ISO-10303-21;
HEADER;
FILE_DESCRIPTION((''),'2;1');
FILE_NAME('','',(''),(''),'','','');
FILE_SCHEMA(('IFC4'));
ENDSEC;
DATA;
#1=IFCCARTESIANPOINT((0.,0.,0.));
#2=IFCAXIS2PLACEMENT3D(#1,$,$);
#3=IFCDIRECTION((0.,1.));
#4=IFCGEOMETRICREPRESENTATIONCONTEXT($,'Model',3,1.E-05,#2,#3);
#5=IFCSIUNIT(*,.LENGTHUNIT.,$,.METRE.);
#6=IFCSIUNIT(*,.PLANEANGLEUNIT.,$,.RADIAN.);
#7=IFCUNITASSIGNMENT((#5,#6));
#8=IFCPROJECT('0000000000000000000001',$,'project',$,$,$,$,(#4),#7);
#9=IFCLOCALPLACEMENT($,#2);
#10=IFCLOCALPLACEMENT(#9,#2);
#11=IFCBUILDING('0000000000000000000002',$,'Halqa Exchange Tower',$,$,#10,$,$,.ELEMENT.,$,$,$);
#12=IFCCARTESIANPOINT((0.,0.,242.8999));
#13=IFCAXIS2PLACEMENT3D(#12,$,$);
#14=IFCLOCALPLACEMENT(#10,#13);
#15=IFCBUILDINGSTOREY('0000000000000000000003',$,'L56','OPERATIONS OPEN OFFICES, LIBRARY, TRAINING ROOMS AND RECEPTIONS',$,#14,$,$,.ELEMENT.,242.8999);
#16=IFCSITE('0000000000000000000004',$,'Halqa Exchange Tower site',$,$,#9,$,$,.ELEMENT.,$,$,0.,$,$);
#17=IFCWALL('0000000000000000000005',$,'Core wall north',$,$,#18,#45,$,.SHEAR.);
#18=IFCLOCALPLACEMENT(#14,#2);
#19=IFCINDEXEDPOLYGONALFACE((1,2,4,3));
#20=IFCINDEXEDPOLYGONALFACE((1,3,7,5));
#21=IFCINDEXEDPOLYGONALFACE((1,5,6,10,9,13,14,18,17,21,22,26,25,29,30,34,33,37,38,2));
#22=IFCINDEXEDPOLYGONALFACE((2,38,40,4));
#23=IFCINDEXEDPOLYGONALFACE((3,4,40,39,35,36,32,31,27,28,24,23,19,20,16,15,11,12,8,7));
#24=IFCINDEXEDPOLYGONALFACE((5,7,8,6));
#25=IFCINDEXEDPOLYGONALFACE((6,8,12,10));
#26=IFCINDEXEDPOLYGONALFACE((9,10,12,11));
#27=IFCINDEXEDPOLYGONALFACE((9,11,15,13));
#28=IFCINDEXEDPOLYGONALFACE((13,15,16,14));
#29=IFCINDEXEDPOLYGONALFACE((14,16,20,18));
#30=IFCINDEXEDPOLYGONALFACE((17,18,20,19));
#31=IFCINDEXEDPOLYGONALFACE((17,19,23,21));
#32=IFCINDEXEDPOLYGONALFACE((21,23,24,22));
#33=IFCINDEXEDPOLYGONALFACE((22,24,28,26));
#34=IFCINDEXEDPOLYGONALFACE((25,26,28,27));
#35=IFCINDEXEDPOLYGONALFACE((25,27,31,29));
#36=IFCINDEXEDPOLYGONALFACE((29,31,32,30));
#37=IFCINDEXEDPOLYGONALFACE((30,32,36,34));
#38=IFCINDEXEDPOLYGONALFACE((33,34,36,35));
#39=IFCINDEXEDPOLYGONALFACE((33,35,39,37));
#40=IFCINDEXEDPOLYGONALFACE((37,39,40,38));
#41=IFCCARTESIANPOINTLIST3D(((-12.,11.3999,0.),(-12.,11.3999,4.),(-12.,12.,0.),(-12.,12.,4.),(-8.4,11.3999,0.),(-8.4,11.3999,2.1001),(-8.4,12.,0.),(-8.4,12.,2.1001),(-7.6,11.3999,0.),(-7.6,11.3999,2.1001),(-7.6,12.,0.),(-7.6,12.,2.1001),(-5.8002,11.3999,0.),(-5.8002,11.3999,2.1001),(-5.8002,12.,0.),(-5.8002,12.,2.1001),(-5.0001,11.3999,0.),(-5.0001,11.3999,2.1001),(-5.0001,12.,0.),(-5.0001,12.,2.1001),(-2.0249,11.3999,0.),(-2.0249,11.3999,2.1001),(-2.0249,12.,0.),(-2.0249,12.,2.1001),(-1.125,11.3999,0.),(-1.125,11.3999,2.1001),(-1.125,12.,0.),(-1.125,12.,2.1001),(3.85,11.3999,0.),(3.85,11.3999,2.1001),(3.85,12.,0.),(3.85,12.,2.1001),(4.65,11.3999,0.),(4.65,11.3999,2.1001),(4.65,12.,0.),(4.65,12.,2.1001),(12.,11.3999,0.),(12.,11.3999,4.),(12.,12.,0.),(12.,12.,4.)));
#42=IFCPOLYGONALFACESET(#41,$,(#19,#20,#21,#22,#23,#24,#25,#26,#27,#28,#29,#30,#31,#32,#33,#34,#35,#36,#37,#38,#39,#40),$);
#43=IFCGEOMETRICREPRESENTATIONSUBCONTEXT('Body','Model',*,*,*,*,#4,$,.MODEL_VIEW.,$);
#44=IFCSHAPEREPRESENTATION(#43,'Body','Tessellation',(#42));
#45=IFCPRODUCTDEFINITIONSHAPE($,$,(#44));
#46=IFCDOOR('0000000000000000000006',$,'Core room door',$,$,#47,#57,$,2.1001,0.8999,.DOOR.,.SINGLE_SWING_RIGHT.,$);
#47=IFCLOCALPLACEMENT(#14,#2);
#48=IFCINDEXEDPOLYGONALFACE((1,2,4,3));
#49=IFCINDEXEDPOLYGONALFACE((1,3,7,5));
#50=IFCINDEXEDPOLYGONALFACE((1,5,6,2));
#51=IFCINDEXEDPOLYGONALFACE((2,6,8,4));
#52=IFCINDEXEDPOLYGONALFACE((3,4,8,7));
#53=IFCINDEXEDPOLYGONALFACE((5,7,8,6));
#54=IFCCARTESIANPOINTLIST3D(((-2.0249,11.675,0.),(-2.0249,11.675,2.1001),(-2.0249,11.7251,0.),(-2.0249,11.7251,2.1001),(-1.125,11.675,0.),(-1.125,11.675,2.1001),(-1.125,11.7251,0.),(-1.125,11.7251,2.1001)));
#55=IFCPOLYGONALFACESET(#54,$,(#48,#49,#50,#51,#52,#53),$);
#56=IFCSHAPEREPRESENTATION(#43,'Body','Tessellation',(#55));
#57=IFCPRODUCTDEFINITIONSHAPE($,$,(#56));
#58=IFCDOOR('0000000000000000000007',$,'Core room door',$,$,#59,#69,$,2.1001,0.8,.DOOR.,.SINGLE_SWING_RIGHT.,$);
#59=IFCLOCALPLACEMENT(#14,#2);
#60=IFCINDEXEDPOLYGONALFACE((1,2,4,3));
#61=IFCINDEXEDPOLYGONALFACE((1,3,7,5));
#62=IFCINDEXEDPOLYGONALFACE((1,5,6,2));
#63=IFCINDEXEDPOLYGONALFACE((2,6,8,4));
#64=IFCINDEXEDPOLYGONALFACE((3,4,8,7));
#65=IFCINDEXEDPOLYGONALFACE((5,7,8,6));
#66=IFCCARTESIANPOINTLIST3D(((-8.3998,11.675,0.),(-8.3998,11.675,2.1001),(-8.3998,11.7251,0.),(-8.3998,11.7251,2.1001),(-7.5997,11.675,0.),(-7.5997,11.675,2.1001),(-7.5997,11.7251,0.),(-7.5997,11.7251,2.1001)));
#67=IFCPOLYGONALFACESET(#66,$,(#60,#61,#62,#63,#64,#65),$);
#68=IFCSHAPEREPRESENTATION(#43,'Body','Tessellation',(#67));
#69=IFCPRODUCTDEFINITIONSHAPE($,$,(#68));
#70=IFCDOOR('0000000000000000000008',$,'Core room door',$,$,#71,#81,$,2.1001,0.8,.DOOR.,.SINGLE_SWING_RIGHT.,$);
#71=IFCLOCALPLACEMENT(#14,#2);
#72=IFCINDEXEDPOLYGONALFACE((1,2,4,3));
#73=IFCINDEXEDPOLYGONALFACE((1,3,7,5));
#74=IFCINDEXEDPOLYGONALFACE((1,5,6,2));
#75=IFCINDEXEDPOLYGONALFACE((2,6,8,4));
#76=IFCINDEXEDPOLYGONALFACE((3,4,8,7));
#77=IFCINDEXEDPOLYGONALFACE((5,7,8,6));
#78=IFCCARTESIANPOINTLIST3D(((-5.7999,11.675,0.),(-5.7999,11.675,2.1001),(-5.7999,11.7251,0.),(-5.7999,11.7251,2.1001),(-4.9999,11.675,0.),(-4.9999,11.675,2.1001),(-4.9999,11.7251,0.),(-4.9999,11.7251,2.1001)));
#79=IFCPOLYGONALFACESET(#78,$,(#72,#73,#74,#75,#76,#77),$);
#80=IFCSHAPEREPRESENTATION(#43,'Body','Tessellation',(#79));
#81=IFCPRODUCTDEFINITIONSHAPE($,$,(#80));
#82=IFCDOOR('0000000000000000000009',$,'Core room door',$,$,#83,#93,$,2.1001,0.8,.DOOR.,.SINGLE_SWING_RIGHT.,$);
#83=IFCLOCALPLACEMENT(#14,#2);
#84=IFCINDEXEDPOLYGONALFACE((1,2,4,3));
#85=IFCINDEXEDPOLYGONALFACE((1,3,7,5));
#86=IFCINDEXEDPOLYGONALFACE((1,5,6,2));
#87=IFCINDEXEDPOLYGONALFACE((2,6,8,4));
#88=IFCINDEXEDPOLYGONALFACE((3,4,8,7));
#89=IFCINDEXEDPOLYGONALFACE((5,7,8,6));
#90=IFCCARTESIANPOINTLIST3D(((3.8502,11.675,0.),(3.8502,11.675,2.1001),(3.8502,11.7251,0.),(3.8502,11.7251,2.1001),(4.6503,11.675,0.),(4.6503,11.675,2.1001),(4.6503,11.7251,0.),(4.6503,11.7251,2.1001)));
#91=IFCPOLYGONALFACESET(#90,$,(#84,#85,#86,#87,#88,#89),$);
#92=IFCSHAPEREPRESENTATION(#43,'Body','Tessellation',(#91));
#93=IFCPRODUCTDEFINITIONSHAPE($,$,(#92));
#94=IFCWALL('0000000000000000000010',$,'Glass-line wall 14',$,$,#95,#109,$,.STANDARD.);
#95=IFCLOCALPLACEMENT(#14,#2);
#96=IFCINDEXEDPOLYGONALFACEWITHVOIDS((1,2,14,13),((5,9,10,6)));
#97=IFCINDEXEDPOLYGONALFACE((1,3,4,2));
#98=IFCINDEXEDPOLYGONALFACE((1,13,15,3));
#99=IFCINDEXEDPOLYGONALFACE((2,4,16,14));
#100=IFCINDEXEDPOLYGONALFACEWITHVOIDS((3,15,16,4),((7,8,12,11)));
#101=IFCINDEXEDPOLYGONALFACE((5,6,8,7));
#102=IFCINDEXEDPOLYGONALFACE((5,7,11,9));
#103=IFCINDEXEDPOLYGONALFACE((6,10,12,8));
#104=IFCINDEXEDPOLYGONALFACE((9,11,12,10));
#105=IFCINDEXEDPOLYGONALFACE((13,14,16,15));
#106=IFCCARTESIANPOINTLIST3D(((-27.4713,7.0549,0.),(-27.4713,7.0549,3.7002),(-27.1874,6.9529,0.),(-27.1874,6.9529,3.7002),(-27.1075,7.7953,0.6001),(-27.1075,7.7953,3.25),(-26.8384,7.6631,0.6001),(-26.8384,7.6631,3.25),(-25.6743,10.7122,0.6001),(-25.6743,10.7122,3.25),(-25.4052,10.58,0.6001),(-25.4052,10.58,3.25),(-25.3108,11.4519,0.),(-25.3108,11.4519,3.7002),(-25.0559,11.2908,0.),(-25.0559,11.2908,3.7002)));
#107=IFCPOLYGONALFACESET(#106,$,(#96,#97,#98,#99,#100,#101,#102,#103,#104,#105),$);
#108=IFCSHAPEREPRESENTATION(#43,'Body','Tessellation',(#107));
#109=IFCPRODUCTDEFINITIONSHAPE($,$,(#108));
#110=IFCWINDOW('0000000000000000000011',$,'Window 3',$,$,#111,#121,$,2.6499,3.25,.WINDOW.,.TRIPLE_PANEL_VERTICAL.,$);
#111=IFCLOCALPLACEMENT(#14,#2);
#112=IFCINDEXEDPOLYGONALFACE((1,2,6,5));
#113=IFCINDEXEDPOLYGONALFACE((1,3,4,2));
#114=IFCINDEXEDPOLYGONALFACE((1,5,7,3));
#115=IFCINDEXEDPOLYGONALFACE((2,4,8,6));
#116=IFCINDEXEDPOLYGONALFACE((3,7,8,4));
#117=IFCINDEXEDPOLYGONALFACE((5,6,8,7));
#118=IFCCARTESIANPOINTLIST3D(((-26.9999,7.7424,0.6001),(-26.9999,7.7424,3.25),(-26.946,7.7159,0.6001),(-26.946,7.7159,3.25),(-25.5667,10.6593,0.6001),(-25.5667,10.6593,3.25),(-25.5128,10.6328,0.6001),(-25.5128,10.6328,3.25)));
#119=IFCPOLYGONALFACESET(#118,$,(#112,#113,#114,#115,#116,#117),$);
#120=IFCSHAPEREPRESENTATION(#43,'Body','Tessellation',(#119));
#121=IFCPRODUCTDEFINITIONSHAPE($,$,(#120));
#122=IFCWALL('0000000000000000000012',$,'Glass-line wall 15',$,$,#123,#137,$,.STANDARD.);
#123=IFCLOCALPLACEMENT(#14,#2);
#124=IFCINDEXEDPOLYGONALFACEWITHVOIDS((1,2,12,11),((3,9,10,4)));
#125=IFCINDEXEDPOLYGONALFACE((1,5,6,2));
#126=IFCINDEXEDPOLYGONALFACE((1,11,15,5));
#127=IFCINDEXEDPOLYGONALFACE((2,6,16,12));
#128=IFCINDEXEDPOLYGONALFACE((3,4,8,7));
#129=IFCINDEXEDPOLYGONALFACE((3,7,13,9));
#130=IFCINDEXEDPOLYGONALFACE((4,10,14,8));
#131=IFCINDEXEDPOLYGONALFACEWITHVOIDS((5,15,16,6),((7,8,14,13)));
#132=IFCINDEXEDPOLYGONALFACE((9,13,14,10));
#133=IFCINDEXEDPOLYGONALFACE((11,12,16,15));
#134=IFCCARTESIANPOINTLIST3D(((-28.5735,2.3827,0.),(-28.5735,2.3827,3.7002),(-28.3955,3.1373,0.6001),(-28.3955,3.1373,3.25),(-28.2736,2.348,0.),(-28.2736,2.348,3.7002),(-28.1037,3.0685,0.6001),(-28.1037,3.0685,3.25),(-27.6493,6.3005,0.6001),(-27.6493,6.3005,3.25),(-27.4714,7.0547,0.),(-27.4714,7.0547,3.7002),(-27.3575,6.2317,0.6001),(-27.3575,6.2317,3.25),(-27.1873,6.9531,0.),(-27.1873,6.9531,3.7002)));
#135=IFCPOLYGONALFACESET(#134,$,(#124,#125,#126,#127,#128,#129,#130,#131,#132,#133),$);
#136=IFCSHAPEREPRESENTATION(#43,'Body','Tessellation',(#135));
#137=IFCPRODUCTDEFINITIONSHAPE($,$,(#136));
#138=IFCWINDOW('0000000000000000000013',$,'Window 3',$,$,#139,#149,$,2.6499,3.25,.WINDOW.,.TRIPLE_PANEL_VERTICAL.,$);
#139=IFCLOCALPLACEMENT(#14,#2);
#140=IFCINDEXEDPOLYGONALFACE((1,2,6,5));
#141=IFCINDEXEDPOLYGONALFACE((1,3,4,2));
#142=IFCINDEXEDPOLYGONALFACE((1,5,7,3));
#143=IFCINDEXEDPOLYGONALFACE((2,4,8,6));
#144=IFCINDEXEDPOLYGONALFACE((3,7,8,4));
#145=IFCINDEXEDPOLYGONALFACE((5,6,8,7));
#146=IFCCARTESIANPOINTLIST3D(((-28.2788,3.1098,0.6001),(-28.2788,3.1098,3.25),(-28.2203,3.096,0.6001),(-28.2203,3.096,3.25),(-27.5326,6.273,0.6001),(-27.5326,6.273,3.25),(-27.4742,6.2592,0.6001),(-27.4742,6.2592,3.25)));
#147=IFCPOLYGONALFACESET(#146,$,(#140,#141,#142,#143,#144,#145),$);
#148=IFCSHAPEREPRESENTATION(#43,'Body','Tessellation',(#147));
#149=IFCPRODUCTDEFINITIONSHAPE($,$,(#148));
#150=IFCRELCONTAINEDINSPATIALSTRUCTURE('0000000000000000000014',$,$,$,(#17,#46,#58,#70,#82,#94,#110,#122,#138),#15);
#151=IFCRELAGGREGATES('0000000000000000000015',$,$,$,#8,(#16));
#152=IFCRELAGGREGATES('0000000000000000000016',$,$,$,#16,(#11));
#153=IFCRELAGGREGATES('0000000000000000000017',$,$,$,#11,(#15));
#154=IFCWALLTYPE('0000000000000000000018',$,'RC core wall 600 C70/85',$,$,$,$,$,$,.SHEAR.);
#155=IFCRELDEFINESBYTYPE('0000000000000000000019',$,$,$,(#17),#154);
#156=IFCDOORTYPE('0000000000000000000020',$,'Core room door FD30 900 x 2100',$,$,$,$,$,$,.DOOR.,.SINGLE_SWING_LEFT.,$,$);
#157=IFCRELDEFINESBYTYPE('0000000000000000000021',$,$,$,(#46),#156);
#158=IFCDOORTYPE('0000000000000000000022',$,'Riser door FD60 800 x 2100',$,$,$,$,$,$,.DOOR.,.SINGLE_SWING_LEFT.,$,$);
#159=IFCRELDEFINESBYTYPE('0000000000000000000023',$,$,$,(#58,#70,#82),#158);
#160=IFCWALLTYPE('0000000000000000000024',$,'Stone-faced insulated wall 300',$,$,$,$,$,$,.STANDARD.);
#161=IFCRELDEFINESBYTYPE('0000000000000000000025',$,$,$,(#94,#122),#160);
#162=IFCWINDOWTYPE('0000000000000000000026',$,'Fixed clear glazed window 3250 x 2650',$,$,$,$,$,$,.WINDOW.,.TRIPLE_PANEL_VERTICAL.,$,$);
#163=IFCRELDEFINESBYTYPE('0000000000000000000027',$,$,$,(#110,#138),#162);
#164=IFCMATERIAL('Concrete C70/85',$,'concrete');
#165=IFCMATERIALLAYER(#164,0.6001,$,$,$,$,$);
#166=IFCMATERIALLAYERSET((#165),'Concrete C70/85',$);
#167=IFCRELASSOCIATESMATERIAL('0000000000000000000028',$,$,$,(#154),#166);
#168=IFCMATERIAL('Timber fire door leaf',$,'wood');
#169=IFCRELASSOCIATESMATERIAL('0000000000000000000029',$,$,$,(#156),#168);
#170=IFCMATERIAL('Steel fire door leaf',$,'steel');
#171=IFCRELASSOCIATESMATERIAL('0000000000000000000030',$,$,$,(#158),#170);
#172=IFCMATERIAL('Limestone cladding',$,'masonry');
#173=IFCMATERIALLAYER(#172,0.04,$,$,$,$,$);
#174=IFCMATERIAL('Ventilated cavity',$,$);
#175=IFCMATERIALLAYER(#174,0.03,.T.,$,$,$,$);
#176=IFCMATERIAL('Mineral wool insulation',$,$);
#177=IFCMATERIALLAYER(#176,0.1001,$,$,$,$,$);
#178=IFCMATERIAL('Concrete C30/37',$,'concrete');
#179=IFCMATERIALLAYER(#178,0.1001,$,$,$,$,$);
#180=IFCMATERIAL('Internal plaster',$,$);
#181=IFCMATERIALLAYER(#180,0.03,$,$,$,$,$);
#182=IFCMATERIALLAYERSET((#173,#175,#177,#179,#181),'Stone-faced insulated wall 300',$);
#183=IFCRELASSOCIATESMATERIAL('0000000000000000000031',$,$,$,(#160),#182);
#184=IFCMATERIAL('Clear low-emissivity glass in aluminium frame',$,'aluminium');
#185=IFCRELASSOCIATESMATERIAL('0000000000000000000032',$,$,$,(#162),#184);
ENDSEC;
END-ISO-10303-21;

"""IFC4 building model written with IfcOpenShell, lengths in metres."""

from ifc_helpers import new_model, si_unit, direction, frame, frame_2d, origin, place, context, subcontext, project, spatial, polyline, rectangle, outline, extrude, material, layer, layer_set, type_object, element, fill, save


model = new_model("IFC4")

# Units and contexts
model_context = context("Model", 3, precision=1e-05, world=origin(), true_north=direction((0.0, 1.0)))
body_context = subcontext(model_context, "Body", "Model", "MODEL_VIEW")
ifc_project = project(units=[si_unit("LENGTHUNIT", "METRE"), si_unit("PLANEANGLEUNIT", "RADIAN")], contexts=[model_context])

# Site, building, storey
site_placement = place(None, origin())
site = spatial("IfcSite", under=ifc_project, at=site_placement, Name="Halqa Exchange Tower site", CompositionType="ELEMENT", RefElevation=0.0)
building_placement = place(site_placement, origin())
building = spatial("IfcBuilding", under=site, at=building_placement, Name="Halqa Exchange Tower", CompositionType="ELEMENT")
storey_placement = place(building_placement, frame((0.0, 0.0, 242.8999)))
storey = spatial("IfcBuildingStorey", under=building, at=storey_placement, Name="L56", Description="OPERATIONS OPEN OFFICES, LIBRARY, TRAINING ROOMS AND RECEPTIONS", CompositionType="ELEMENT", Elevation=242.8999)

# Shared definitions
ifc_material_1 = material(Name="Steel fire door leaf", Category="steel")

# Wall, openings, doors
ifc_material_2 = material(Name="Concrete C70/85", Category="concrete")
ifc_layer_1 = layer(ifc_material_2, 0.6001)
ifc_layer_set_1 = layer_set([ifc_layer_1], Name="Concrete C70/85")
wall_type_1 = type_object("IfcWallType", Name="RC core wall 600 C70/85", PredefinedType="SHEAR", material=ifc_layer_set_1)
wall_1_placement = place(storey_placement, frame((-12.0, 11.7, 0.0), z_axis=(0.0, 0.0, 1.0), x_axis=(1.0, 0.0, 0.0)))
wall_1 = element("IfcWall", 1, at=wall_1_placement, inside=storey, type_object=wall_type_1, Name="Core wall north", PredefinedType="SHEAR", context=body_context, shape_type="SweptSolid", body=[
    extrude(rectangle(XDim=24.0, YDim=0.6001, at=frame_2d((12.0, 0.0))), origin(), (0.0, 0.0, 1.0), 4.0),
])
opening_1_placement = place(wall_1_placement, frame((9.9751, 0.0, 0.0)))
opening_1 = element("IfcOpeningElement", 2, at=opening_1_placement, cuts=wall_1, PredefinedType="OPENING", context=body_context, shape_type="SweptSolid", body=[
    extrude(rectangle(XDim=0.8999, YDim=2.1001, at=frame_2d((0.45, 1.05))), frame((0.0, 0.312, 0.0), z_axis=(0.0, -1.0, 0.0), x_axis=(1.0, 0.0, 0.0)), (0.0, 0.0, 1.0), 0.624),
])
opening_2_placement = place(wall_1_placement, frame((3.6001, 0.0, 0.0)))
opening_2 = element("IfcOpeningElement", 3, at=opening_2_placement, cuts=wall_1, PredefinedType="OPENING", context=body_context, shape_type="SweptSolid", body=[
    extrude(rectangle(XDim=0.8, YDim=2.1001, at=frame_2d((0.3999, 1.05))), frame((0.0, 0.312, 0.0), z_axis=(0.0, -1.0, 0.0), x_axis=(1.0, 0.0, 0.0)), (0.0, 0.0, 1.0), 0.624),
])
opening_3_placement = place(wall_1_placement, frame((6.2, 0.0, 0.0)))
opening_3 = element("IfcOpeningElement", 4, at=opening_3_placement, cuts=wall_1, PredefinedType="OPENING", context=body_context, shape_type="SweptSolid", body=[
    extrude(rectangle(XDim=0.8, YDim=2.1001, at=frame_2d((0.3999, 1.05))), frame((0.0, 0.312, 0.0), z_axis=(0.0, -1.0, 0.0), x_axis=(1.0, 0.0, 0.0)), (0.0, 0.0, 1.0), 0.624),
])
opening_4_placement = place(wall_1_placement, frame((15.8501, 0.0, 0.0)))
opening_4 = element("IfcOpeningElement", 5, at=opening_4_placement, cuts=wall_1, PredefinedType="OPENING", context=body_context, shape_type="SweptSolid", body=[
    extrude(rectangle(XDim=0.8, YDim=2.1001, at=frame_2d((0.3999, 1.05))), frame((0.0, 0.312, 0.0), z_axis=(0.0, -1.0, 0.0), x_axis=(1.0, 0.0, 0.0)), (0.0, 0.0, 1.0), 0.624),
])
ifc_material_3 = material(Name="Timber fire door leaf", Category="wood")
door_type_1 = type_object("IfcDoorType", Name="Core room door FD30 900 x 2100", OperationType="SINGLE_SWING_LEFT", PredefinedType="DOOR", material=ifc_material_3)
door_1_placement = place(opening_1_placement, frame((0.8999, 0.0, 0.0), z_axis=(0.0, 0.0, 1.0), x_axis=(-1.0, 0.0, 0.0)))
door_1 = element("IfcDoor", 6, at=door_1_placement, inside=storey, type_object=door_type_1, Name="Core room door", OperationType="SINGLE_SWING_RIGHT", OverallHeight=2.1001, OverallWidth=0.8999, PredefinedType="DOOR", context=body_context, shape_type="SweptSolid", body=[
    extrude(rectangle(XDim=0.8999, YDim=2.1001, at=frame_2d((0.45, 1.05))), frame((0.0, 0.0249, 0.0), z_axis=(0.0, -1.0, 0.0), x_axis=(1.0, 0.0, 0.0)), (0.0, 0.0, 1.0), 0.05),
])
fill(opening_1, door_1)
door_type_2 = type_object("IfcDoorType", Name="Riser door FD60 800 x 2100", OperationType="SINGLE_SWING_LEFT", PredefinedType="DOOR", material=ifc_material_1)
door_2_placement = place(opening_2_placement, frame((0.8, 0.0, 0.0), z_axis=(0.0, 0.0, 1.0), x_axis=(-1.0, 0.0, 0.0)))
door_2 = element("IfcDoor", 7, at=door_2_placement, inside=storey, type_object=door_type_2, Name="Core room door", OperationType="SINGLE_SWING_RIGHT", OverallHeight=2.1001, OverallWidth=0.8, PredefinedType="DOOR", context=body_context, shape_type="SweptSolid", body=[
    extrude(rectangle(XDim=0.8, YDim=2.1001, at=frame_2d((0.3999, 1.05))), frame((0.0, 0.0249, 0.0), z_axis=(0.0, -1.0, 0.0), x_axis=(1.0, 0.0, 0.0)), (0.0, 0.0, 1.0), 0.05),
])
fill(opening_2, door_2)
door_3_placement = place(opening_3_placement, frame((0.8, 0.0, 0.0), z_axis=(0.0, 0.0, 1.0), x_axis=(-1.0, 0.0, 0.0)))
door_3 = element("IfcDoor", 8, at=door_3_placement, inside=storey, type_object=door_type_2, Name="Core room door", OperationType="SINGLE_SWING_RIGHT", OverallHeight=2.1001, OverallWidth=0.8, PredefinedType="DOOR", context=body_context, shape_type="SweptSolid", body=[
    extrude(rectangle(XDim=0.8, YDim=2.1001, at=frame_2d((0.3999, 1.05))), frame((0.0, 0.0249, 0.0), z_axis=(0.0, -1.0, 0.0), x_axis=(1.0, 0.0, 0.0)), (0.0, 0.0, 1.0), 0.05),
])
fill(opening_3, door_3)
door_4_placement = place(opening_4_placement, frame((0.8, 0.0, 0.0), z_axis=(0.0, 0.0, 1.0), x_axis=(-1.0, 0.0, 0.0)))
door_4 = element("IfcDoor", 9, at=door_4_placement, inside=storey, type_object=door_type_2, Name="Core room door", OperationType="SINGLE_SWING_RIGHT", OverallHeight=2.1001, OverallWidth=0.8, PredefinedType="DOOR", context=body_context, shape_type="SweptSolid", body=[
    extrude(rectangle(XDim=0.8, YDim=2.1001, at=frame_2d((0.3999, 1.05))), frame((0.0, 0.0249, 0.0), z_axis=(0.0, -1.0, 0.0), x_axis=(1.0, 0.0, 0.0)), (0.0, 0.0, 1.0), 0.05),
])
fill(opening_4, door_4)

# Walls, openings, windows
ifc_material_4 = material(Name="Limestone cladding", Category="masonry")
ifc_layer_2 = layer(ifc_material_4, 0.04)
ifc_material_5 = material(Name="Ventilated cavity")
ifc_layer_3 = layer(ifc_material_5, 0.03, ventilated=True)
ifc_material_6 = material(Name="Mineral wool insulation")
ifc_layer_4 = layer(ifc_material_6, 0.1001)
ifc_material_7 = material(Name="Concrete C30/37", Category="concrete")
ifc_layer_5 = layer(ifc_material_7, 0.1001)
ifc_material_8 = material(Name="Internal plaster")
ifc_layer_6 = layer(ifc_material_8, 0.03)
ifc_layer_set_2 = layer_set([ifc_layer_2, ifc_layer_3, ifc_layer_4, ifc_layer_5, ifc_layer_6], Name="Stone-faced insulated wall 300")
wall_type_2 = type_object("IfcWallType", Name="Stone-faced insulated wall 300", PredefinedType="STANDARD", material=ifc_layer_set_2)
wall_2_placement = place(storey_placement, frame((-25.1833, 11.3713, 0.0), z_axis=(0.0, 0.0, 1.0), x_axis=(-0.441002, -0.897506, 0.0)))
wall_2 = element("IfcWall", 10, at=wall_2_placement, inside=storey, type_object=wall_type_2, Name="Glass-line wall 14", PredefinedType="STANDARD", context=body_context, shape_type="SweptSolid", body=[
    extrude(outline(polyline([(-0.0161, -0.1499), (4.8831, -0.1499), (4.8494, 0.1499), (0.0161, 0.1499), (-0.0161, -0.1499)])), origin(), (0.0, 0.0, 1.0), 3.7002),
])
opening_5_placement = place(wall_2_placement, frame((0.8081, 0.0, 0.6001)))
opening_5 = element("IfcOpeningElement", 11, at=opening_5_placement, cuts=wall_2, PredefinedType="OPENING", context=body_context, shape_type="SweptSolid", body=[
    extrude(rectangle(XDim=3.25, YDim=2.6499, at=frame_2d((1.625, 1.325))), frame((0.0, 0.1621, 0.0), z_axis=(0.0, -1.0, 0.0), x_axis=(1.0, 0.0, 0.0)), (0.0, 0.0, 1.0), 0.324),
])
ifc_material_9 = material(Name="Clear low-emissivity glass in aluminium frame", Category="aluminium")
window_type = type_object("IfcWindowType", Name="Fixed clear glazed window 3250 x 2650", PartitioningType="TRIPLE_PANEL_VERTICAL", PredefinedType="WINDOW", material=ifc_material_9)
window_1_placement = place(opening_5_placement, origin())
window_1 = element("IfcWindow", 12, at=window_1_placement, inside=storey, type_object=window_type, Name="Window 3", OverallHeight=2.6499, OverallWidth=3.25, PartitioningType="TRIPLE_PANEL_VERTICAL", PredefinedType="WINDOW", context=body_context, shape_type="SweptSolid", body=[
    extrude(rectangle(XDim=3.25, YDim=2.6499, at=frame_2d((1.625, 1.325))), frame((0.0, 0.03, 0.0), z_axis=(0.0, -1.0, 0.0), x_axis=(1.0, 0.0, 0.0)), (0.0, 0.0, 1.0), 0.0601),
])
fill(opening_5, window_1)
wall_3_placement = place(storey_placement, frame((-27.3293, 7.0039, 0.0), z_axis=(0.0, 0.0, 1.0), x_axis=(-0.229593, -0.973287, 0.0)))
wall_3 = element("IfcWall", 13, at=wall_3_placement, inside=storey, type_object=wall_type_2, Name="Glass-line wall 15", PredefinedType="STANDARD", context=body_context, shape_type="SweptSolid", body=[
    extrude(outline(polyline([(-0.0168, -0.1499), (4.7834, -0.1499), (4.7483, 0.1499), (0.0168, 0.1499), (-0.0168, -0.1499)])), origin(), (0.0, 0.0, 1.0), 3.7002),
])
opening_6_placement = place(wall_3_placement, frame((0.7581, 0.0, 0.6001)))
opening_6 = element("IfcOpeningElement", 14, at=opening_6_placement, cuts=wall_3, PredefinedType="OPENING", context=body_context, shape_type="SweptSolid", body=[
    extrude(rectangle(XDim=3.25, YDim=2.6499, at=frame_2d((1.625, 1.325))), frame((0.0, 0.1621, 0.0), z_axis=(0.0, -1.0, 0.0), x_axis=(1.0, 0.0, 0.0)), (0.0, 0.0, 1.0), 0.324),
])
window_2_placement = place(opening_6_placement, origin())
window_2 = element("IfcWindow", 15, at=window_2_placement, inside=storey, type_object=window_type, Name="Window 3", OverallHeight=2.6499, OverallWidth=3.25, PartitioningType="TRIPLE_PANEL_VERTICAL", PredefinedType="WINDOW", context=body_context, shape_type="SweptSolid", body=[
    extrude(rectangle(XDim=3.25, YDim=2.6499, at=frame_2d((1.625, 1.325))), frame((0.0, 0.03, 0.0), z_axis=(0.0, -1.0, 0.0), x_axis=(1.0, 0.0, 0.0)), (0.0, 0.0, 1.0), 0.0601),
])
fill(opening_6, window_2)

save(model, "model.ifc")
